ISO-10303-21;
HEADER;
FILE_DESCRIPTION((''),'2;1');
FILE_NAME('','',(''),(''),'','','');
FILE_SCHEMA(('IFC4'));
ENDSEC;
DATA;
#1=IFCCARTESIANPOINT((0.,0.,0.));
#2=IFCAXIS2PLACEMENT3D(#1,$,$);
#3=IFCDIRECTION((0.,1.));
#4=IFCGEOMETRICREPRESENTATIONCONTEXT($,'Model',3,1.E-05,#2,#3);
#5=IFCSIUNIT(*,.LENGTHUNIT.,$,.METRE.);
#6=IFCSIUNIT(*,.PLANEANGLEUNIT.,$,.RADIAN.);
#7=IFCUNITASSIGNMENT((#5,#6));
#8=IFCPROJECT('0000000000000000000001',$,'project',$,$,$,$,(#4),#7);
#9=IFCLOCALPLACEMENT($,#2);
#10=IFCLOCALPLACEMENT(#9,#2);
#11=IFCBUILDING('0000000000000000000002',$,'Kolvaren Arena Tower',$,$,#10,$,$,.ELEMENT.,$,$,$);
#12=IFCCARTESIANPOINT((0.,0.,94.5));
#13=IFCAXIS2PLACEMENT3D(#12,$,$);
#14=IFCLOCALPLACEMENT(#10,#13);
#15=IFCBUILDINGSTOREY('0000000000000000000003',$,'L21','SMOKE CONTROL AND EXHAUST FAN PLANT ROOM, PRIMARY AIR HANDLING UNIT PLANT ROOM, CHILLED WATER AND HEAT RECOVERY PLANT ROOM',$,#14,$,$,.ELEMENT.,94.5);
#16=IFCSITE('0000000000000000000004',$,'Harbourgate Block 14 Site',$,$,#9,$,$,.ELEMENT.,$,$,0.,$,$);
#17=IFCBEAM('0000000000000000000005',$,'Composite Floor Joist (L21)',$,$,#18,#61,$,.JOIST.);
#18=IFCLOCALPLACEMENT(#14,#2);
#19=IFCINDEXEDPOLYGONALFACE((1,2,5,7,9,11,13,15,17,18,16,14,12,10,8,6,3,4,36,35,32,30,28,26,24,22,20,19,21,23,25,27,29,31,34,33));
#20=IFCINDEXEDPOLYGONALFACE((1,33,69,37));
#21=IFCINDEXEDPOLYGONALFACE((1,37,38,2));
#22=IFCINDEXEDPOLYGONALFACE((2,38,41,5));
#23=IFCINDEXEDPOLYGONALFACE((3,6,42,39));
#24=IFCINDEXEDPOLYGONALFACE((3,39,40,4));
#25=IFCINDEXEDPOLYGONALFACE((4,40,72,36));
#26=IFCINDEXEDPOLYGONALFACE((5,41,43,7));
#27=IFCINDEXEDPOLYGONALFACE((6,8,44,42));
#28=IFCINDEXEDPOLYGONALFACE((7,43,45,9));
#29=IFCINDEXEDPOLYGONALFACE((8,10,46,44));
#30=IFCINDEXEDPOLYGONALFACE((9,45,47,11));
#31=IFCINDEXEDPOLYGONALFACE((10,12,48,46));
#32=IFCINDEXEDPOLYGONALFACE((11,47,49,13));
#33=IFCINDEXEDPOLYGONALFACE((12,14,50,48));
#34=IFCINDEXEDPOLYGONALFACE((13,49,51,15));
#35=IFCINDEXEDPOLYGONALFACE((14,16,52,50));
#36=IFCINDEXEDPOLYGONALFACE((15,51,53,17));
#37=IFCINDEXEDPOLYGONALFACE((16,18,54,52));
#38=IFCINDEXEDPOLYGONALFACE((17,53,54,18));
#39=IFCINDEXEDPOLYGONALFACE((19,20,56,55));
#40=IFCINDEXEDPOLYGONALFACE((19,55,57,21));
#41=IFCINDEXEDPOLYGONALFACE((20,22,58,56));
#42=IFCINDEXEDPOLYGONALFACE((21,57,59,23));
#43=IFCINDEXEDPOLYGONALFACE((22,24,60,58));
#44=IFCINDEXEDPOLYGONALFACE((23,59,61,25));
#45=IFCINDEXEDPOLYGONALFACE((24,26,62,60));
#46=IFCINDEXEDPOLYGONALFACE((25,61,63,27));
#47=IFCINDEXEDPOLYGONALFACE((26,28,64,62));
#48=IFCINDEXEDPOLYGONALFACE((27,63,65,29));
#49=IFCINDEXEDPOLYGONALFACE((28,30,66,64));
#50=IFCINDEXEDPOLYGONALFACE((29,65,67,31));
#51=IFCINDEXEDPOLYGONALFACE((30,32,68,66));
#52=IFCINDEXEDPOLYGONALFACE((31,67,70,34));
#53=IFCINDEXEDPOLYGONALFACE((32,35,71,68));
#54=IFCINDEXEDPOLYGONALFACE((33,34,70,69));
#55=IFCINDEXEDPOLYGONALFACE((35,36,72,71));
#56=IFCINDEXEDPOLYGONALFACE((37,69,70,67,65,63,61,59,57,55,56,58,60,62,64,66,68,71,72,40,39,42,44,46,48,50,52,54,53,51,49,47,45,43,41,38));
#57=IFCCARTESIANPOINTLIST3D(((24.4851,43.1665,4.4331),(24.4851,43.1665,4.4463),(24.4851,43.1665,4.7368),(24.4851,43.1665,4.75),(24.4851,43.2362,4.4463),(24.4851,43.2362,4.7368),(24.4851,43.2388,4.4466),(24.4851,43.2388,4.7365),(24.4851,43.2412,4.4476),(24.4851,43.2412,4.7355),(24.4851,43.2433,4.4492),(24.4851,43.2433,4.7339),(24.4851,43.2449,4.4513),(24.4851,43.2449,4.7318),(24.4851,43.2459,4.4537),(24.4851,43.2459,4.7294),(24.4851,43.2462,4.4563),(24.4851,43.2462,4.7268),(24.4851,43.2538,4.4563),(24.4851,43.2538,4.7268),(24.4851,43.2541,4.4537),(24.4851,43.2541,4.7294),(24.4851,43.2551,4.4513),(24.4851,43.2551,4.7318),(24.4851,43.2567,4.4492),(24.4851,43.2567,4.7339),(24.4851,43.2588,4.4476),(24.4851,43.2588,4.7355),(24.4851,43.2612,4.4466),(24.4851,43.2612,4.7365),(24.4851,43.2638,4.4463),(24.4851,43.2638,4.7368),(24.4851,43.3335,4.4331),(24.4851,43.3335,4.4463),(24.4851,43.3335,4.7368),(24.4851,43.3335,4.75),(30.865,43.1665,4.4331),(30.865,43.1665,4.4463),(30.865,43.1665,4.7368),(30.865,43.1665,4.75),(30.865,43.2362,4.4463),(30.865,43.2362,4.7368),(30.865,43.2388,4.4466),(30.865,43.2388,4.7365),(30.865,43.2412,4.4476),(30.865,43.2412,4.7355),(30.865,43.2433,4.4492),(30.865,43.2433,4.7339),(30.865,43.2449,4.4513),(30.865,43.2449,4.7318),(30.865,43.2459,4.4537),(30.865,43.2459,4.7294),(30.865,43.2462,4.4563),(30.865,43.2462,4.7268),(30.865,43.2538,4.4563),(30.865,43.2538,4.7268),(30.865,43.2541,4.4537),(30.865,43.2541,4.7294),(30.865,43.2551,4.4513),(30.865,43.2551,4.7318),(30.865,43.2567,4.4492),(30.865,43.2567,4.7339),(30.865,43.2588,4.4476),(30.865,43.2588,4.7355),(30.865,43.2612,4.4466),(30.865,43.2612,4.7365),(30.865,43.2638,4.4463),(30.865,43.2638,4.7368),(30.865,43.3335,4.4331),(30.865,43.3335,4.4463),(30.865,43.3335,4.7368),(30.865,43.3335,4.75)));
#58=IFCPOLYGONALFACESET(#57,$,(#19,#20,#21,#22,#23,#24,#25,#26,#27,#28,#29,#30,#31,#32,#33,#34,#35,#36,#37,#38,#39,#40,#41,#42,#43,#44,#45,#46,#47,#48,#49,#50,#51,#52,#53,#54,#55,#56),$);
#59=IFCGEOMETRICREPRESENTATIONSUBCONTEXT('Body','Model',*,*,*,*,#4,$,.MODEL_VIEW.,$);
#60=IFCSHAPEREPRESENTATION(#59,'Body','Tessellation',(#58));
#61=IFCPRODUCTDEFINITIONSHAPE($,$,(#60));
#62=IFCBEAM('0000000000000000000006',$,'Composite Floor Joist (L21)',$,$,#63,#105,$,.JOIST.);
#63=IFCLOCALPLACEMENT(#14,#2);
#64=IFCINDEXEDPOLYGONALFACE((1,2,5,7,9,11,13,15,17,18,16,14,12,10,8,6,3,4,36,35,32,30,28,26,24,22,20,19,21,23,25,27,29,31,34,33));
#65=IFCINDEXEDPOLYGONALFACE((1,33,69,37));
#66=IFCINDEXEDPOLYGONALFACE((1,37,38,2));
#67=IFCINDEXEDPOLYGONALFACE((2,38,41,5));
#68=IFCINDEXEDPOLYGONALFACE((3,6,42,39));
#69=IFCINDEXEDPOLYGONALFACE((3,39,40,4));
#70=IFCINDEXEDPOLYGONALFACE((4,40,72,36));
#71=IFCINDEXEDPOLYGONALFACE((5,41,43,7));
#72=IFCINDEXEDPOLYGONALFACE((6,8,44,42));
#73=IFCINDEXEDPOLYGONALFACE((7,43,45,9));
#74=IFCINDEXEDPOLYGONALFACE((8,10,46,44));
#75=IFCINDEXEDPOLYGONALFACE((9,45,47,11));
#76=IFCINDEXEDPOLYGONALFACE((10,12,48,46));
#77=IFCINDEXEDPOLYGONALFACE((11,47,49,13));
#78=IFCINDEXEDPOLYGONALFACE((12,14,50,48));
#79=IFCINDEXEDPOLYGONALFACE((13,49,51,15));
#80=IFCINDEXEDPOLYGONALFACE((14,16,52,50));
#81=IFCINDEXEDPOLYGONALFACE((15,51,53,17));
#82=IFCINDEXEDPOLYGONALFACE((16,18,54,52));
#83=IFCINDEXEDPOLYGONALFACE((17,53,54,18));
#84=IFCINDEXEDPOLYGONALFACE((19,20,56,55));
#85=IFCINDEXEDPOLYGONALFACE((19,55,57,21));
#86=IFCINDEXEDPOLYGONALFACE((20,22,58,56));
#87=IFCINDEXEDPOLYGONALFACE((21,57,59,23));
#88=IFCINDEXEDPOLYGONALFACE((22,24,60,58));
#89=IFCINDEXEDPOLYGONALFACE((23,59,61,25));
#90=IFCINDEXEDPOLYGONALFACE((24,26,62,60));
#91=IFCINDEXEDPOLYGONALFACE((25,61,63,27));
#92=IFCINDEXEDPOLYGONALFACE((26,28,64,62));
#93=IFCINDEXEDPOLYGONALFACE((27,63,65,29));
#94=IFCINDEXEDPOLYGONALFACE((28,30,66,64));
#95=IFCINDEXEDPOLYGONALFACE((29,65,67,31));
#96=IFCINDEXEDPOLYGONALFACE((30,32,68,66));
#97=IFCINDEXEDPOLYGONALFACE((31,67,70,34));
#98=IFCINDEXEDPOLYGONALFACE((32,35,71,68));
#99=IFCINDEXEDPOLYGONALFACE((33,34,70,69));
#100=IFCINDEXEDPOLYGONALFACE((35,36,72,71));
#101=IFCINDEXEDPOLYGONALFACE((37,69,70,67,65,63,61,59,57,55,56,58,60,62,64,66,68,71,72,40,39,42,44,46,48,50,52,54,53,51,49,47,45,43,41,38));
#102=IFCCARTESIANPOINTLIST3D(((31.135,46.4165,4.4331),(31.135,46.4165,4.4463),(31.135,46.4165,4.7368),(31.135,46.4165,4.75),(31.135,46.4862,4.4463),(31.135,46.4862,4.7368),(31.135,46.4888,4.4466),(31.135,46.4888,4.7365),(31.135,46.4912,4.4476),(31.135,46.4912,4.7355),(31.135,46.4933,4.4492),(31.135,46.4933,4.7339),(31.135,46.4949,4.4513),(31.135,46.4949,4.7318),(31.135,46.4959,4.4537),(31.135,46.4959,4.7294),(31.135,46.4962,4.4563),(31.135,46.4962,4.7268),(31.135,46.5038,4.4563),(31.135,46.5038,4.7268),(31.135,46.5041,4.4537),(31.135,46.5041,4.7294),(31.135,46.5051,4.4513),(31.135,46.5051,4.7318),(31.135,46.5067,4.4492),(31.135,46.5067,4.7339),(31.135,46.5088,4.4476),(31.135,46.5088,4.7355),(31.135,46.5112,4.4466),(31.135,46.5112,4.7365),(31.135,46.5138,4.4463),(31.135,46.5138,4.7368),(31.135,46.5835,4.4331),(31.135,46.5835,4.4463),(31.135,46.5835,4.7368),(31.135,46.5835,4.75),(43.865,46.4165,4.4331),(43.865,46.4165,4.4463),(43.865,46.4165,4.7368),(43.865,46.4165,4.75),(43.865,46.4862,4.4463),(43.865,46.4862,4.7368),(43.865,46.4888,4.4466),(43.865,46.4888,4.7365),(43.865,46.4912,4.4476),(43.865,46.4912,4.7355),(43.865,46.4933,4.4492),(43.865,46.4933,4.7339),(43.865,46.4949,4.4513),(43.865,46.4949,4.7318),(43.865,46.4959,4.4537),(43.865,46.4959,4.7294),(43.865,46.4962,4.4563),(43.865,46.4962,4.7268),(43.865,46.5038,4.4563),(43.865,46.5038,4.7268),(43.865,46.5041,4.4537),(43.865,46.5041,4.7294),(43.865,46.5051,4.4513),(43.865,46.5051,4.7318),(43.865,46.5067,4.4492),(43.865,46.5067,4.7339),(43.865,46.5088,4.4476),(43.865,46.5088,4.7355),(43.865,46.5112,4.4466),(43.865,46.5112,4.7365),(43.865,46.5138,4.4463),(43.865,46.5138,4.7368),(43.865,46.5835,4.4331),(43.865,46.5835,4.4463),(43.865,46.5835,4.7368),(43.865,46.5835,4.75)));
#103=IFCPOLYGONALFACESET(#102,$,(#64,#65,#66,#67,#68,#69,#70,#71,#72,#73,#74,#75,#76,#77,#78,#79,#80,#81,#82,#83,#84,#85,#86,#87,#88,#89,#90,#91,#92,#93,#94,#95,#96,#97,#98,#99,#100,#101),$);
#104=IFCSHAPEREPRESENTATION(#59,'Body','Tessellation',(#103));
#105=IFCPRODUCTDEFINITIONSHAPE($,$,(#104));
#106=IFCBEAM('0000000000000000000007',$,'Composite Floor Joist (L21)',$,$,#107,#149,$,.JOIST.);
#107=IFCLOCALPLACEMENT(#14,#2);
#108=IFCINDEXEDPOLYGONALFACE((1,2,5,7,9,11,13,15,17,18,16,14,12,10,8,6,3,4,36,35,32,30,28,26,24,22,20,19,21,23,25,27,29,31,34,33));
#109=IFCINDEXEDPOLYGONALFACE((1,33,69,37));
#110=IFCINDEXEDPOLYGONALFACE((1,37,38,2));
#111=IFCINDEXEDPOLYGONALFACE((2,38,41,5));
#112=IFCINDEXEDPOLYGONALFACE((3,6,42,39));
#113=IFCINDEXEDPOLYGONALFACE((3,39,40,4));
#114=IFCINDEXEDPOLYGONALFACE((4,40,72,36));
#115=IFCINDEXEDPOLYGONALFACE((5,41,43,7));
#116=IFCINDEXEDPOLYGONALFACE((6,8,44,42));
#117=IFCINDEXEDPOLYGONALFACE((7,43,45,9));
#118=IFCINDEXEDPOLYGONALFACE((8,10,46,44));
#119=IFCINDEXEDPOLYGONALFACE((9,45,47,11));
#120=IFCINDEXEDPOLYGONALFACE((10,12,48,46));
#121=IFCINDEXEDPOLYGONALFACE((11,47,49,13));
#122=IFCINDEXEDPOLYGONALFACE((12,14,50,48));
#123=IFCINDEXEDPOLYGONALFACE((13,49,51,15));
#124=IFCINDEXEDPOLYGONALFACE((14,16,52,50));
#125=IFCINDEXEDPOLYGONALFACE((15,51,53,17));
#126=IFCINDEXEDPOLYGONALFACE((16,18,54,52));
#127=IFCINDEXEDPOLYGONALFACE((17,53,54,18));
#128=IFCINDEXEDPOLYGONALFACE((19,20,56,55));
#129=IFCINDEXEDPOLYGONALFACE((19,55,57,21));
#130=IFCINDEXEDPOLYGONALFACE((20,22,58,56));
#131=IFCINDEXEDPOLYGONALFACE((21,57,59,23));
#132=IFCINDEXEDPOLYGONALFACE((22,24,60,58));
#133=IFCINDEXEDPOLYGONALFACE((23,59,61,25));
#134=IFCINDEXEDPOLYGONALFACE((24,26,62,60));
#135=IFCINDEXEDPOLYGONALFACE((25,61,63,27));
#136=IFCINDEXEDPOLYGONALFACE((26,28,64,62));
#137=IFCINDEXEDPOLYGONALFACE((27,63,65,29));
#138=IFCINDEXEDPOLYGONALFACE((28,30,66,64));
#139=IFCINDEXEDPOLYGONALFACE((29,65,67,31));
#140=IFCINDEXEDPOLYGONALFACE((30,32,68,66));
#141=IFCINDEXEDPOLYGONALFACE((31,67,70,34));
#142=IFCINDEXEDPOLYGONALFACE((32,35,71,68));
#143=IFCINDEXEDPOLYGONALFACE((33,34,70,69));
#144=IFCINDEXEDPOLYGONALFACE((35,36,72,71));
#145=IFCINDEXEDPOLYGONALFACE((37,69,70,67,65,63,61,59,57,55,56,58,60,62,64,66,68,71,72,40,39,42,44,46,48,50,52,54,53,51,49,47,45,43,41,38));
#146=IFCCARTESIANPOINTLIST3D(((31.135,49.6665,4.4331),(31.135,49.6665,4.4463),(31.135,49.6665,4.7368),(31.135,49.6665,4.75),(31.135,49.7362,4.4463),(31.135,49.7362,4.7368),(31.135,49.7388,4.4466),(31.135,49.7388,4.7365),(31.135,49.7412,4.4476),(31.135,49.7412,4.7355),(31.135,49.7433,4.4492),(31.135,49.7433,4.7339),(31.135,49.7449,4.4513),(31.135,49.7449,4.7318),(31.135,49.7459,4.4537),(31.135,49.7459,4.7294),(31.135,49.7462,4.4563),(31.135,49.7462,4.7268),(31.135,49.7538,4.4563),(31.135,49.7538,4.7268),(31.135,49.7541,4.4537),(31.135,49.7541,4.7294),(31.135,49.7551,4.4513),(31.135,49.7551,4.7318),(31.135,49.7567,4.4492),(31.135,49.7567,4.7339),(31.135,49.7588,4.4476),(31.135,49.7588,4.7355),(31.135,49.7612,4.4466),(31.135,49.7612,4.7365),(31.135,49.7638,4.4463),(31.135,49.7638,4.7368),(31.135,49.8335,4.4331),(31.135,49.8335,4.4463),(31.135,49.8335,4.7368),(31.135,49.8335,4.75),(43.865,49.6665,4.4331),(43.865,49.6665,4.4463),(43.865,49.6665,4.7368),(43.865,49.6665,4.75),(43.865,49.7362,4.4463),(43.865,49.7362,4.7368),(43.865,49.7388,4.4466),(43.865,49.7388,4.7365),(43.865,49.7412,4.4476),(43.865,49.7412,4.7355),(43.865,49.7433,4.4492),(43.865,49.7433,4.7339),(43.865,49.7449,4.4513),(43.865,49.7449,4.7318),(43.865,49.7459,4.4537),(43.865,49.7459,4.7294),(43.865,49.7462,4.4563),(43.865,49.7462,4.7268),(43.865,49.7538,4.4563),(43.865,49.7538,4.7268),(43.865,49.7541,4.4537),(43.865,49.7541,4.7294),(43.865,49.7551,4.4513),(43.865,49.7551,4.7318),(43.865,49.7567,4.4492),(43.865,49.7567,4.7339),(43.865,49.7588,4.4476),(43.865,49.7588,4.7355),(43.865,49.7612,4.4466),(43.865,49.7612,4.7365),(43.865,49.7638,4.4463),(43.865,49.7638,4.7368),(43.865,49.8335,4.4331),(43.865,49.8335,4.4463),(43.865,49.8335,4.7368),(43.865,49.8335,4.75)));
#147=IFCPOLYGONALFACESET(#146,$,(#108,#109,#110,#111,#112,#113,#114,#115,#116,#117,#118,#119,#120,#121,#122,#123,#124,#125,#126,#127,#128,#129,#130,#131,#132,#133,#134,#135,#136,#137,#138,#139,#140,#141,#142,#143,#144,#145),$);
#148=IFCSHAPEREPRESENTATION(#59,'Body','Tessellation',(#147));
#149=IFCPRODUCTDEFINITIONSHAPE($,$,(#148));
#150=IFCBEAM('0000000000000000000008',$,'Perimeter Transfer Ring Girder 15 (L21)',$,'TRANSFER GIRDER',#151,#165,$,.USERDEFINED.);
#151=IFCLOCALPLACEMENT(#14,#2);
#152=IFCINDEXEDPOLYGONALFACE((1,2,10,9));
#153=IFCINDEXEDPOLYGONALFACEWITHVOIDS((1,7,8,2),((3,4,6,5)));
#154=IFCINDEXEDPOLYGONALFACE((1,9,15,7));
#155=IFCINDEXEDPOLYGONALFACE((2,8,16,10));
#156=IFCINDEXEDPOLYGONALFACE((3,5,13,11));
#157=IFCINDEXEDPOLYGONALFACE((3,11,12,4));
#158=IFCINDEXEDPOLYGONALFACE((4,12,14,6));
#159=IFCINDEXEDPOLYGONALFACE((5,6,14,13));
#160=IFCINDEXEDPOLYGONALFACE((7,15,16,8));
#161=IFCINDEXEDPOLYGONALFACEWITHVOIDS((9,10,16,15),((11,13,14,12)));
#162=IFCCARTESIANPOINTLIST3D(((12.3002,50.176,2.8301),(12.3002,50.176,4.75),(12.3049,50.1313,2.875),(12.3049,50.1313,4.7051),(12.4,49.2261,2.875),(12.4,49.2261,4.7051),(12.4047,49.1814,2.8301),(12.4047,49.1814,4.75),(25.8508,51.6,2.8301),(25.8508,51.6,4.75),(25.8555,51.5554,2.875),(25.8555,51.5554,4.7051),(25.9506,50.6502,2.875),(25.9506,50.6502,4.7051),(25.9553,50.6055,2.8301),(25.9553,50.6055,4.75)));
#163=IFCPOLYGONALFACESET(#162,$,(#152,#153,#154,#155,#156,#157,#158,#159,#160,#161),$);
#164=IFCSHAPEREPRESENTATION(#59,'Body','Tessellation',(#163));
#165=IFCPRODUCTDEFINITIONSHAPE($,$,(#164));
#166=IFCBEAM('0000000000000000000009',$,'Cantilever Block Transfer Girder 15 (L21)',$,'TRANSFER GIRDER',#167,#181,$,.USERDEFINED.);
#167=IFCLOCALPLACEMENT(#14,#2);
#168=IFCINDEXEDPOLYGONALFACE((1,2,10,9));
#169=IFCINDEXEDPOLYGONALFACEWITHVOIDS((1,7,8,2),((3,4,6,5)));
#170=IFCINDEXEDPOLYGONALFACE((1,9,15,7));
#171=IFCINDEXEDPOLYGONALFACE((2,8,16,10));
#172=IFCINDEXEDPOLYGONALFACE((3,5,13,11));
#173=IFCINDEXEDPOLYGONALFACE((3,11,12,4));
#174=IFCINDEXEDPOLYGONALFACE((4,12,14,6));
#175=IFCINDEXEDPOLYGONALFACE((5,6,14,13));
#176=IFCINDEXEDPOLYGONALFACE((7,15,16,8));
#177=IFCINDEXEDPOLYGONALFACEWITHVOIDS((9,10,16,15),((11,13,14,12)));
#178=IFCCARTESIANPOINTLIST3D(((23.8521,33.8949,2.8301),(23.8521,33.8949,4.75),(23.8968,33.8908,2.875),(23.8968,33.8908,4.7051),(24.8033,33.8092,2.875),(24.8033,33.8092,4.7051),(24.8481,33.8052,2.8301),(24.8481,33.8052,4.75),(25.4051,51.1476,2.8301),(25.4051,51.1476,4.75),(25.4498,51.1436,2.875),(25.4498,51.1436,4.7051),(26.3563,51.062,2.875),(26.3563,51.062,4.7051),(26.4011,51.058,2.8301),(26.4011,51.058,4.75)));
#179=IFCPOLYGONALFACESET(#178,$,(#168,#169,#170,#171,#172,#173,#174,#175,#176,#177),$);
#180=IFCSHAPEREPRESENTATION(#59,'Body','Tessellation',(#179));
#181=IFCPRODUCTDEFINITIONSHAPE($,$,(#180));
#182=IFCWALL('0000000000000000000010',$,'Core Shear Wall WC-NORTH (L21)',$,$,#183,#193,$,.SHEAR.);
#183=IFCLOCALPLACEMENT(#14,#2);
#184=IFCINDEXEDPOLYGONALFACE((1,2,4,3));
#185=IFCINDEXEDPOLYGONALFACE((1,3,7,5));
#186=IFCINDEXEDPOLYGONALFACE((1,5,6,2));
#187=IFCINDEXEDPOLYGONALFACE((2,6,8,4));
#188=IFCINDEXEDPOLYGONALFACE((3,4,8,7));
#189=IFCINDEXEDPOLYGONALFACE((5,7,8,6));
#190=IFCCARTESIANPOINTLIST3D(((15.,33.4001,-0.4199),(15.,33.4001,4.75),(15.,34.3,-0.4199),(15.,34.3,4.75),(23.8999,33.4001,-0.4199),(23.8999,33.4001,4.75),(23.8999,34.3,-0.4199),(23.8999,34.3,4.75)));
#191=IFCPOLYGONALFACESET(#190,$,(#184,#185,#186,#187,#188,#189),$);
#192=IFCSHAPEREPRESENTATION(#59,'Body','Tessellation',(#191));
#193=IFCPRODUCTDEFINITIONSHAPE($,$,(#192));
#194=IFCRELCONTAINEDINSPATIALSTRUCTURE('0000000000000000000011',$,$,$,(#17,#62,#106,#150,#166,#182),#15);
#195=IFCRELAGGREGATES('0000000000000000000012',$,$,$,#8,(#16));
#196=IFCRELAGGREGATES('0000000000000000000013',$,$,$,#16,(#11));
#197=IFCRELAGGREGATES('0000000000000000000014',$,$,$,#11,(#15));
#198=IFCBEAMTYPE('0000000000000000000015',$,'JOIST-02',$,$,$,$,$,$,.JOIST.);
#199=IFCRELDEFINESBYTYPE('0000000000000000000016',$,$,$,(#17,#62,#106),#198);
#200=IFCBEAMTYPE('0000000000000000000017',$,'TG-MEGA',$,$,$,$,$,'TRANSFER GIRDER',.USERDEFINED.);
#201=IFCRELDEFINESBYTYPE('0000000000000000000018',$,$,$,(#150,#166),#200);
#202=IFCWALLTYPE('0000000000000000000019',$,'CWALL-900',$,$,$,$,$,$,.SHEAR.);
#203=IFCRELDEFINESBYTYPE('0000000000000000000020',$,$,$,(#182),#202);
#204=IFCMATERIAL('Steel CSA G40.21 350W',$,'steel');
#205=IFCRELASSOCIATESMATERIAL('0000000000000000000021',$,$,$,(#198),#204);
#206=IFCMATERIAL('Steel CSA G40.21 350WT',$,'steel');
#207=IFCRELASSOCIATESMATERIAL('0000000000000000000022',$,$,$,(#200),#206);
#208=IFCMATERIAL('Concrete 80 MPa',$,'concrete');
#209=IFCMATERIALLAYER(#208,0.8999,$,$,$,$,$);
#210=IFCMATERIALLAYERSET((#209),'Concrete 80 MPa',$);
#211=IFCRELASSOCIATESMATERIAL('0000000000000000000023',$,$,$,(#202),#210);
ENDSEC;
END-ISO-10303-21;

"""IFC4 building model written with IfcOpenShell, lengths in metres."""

from ifc_helpers import new_model, si_unit, direction, frame, frame_2d, origin, origin_2d, place, context, subcontext, project, spatial, rectangle, hollow_rectangle, i_section, extrude, material, layer, layer_set, material_profile, profile_set, type_object, element, save


model = new_model("IFC4")

# Units and contexts
model_context = context("Model", 3, precision=1e-05, world=origin(), true_north=direction((0.0, 1.0)))
body_context = subcontext(model_context, "Body", "Model", "MODEL_VIEW")
ifc_project = project(units=[si_unit("LENGTHUNIT", "METRE"), si_unit("PLANEANGLEUNIT", "RADIAN")], contexts=[model_context])

# Site, building, storey
site_placement = place(None, origin())
site = spatial("IfcSite", under=ifc_project, at=site_placement, Name="Harbourgate Block 14 Site", CompositionType="ELEMENT", RefElevation=0.0)
building_placement = place(site_placement, origin())
building = spatial("IfcBuilding", under=site, at=building_placement, Name="Kolvaren Arena Tower", CompositionType="ELEMENT")
storey_placement = place(building_placement, frame((0.0, 0.0, 94.5)))
storey = spatial("IfcBuildingStorey", under=building, at=storey_placement, Name="L21", Description="SMOKE CONTROL AND EXHAUST FAN PLANT ROOM, PRIMARY AIR HANDLING UNIT PLANT ROOM, CHILLED WATER AND HEAT RECOVERY PLANT ROOM", CompositionType="ELEMENT", Elevation=94.5)

# Shared definitions
ifc_material_1 = material(Name="Concrete 80 MPa", Category="concrete")

# Shared definitions
ifc_material_2 = material(Name="Steel CSA G40.21 350W", Category="steel")

# Beams
ifc_material_profile_1 = material_profile(ifc_material_2, i_section(OverallWidth=0.167, OverallDepth=0.3169, WebThickness=0.0076, FlangeThickness=0.0132, FilletRadius=0.01, at=origin_2d()), Name="W310x52")
ifc_profile_set_1 = profile_set([ifc_material_profile_1], Name="Steel CSA G40.21 350W")
beam_type_1 = type_object("IfcBeamType", Name="JOIST-02", PredefinedType="JOIST", material=ifc_profile_set_1)
beam_1_placement = place(storey_placement, frame((24.4851, 43.25, 4.5916), z_axis=(1.0, 0.0, 0.0), x_axis=(0.0, 1.0, 0.0)))
element("IfcBeam", 1, at=beam_1_placement, inside=storey, type_object=beam_type_1, Name="Composite Floor Joist (L21)", PredefinedType="JOIST", context=body_context, shape_type="SweptSolid", body=[
    extrude(i_section(OverallWidth=0.167, OverallDepth=0.3169, WebThickness=0.0076, FlangeThickness=0.0132, FilletRadius=0.01, at=origin_2d()), origin(), (0.0, 0.0, 1.0), 6.3799),
])
for number, where, z_axis, x_axis, name in (
    (2, (31.135, 46.5, 4.5916), (1.0, 0.0, 0.0), (0.0, 1.0, 0.0), "Composite Floor Joist (L21)"),
    (3, (31.135, 49.75, 4.5916), (1.0, 0.0, 0.0), (0.0, 1.0, 0.0), "Composite Floor Joist (L21)"),
):
    element("IfcBeam", number, at=place(storey_placement, frame(where, z_axis=z_axis, x_axis=x_axis)), inside=storey, type_object=beam_type_1, Name=name, PredefinedType="JOIST", context=body_context, shape_type="SweptSolid", body=[
        extrude(i_section(OverallWidth=0.167, OverallDepth=0.3169, WebThickness=0.0076, FlangeThickness=0.0132, FilletRadius=0.01, at=origin_2d()), origin(), (0.0, 0.0, 1.0), 12.73),
    ])
ifc_material_3 = material(Name="Steel CSA G40.21 350WT", Category="steel")
ifc_material_profile_2 = material_profile(ifc_material_3, hollow_rectangle(XDim=1.0, YDim=1.9199, WallThickness=0.0449, at=origin_2d()), Name="BOX 1000x1920x45")
ifc_profile_set_2 = profile_set([ifc_material_profile_2], Name="Steel CSA G40.21 350WT")
beam_type_2 = type_object("IfcBeamType", Name="TG-MEGA", ElementType="TRANSFER GIRDER", PredefinedType="USERDEFINED", material=ifc_profile_set_2)
beam_2_placement = place(storey_placement, frame((25.9031, 51.1028, 3.79), z_axis=(-0.994523, -0.104518, 0.0), x_axis=(0.104518, -0.994523, 0.0)))
element("IfcBeam", 4, at=beam_2_placement, inside=storey, type_object=beam_type_2, Name="Perimeter Transfer Ring Girder 15 (L21)", ObjectType="TRANSFER GIRDER", PredefinedType="USERDEFINED", context=body_context, shape_type="SweptSolid", body=[
    extrude(hollow_rectangle(XDim=1.0, YDim=1.9199, WallThickness=0.0449, at=origin_2d()), origin(), (0.0, 0.0, 1.0), 13.6252),
])
beam_3_placement = place(storey_placement, frame((25.9031, 51.1028, 3.79), z_axis=(-0.089651, -0.995973, 0.0), x_axis=(0.995973, -0.089651, 0.0)))
element("IfcBeam", 5, at=beam_3_placement, inside=storey, type_object=beam_type_2, Name="Cantilever Block Transfer Girder 15 (L21)", ObjectType="TRANSFER GIRDER", PredefinedType="USERDEFINED", context=body_context, shape_type="SweptSolid", body=[
    extrude(hollow_rectangle(XDim=1.0, YDim=1.9199, WallThickness=0.0449, at=origin_2d()), origin(), (0.0, 0.0, 1.0), 17.3225),
])

# Wall
ifc_layer_1 = layer(ifc_material_1, 0.8999)
ifc_layer_set_1 = layer_set([ifc_layer_1], Name="Concrete 80 MPa")
wall_type_1 = type_object("IfcWallType", Name="CWALL-900", PredefinedType="SHEAR", material=ifc_layer_set_1)
wall_1_placement = place(storey_placement, frame((15.0, 33.8501, -0.4199), z_axis=(0.0, 0.0, 1.0), x_axis=(1.0, 0.0, 0.0)))
element("IfcWall", 6, at=wall_1_placement, inside=storey, type_object=wall_type_1, Name="Core Shear Wall WC-NORTH (L21)", PredefinedType="SHEAR", context=body_context, shape_type="SweptSolid", body=[
    extrude(rectangle(XDim=8.8999, YDim=0.8999, at=frame_2d((4.45, 0.0))), origin(), (0.0, 0.0, 1.0), 5.1699),
])

save(model, "model.ifc")
